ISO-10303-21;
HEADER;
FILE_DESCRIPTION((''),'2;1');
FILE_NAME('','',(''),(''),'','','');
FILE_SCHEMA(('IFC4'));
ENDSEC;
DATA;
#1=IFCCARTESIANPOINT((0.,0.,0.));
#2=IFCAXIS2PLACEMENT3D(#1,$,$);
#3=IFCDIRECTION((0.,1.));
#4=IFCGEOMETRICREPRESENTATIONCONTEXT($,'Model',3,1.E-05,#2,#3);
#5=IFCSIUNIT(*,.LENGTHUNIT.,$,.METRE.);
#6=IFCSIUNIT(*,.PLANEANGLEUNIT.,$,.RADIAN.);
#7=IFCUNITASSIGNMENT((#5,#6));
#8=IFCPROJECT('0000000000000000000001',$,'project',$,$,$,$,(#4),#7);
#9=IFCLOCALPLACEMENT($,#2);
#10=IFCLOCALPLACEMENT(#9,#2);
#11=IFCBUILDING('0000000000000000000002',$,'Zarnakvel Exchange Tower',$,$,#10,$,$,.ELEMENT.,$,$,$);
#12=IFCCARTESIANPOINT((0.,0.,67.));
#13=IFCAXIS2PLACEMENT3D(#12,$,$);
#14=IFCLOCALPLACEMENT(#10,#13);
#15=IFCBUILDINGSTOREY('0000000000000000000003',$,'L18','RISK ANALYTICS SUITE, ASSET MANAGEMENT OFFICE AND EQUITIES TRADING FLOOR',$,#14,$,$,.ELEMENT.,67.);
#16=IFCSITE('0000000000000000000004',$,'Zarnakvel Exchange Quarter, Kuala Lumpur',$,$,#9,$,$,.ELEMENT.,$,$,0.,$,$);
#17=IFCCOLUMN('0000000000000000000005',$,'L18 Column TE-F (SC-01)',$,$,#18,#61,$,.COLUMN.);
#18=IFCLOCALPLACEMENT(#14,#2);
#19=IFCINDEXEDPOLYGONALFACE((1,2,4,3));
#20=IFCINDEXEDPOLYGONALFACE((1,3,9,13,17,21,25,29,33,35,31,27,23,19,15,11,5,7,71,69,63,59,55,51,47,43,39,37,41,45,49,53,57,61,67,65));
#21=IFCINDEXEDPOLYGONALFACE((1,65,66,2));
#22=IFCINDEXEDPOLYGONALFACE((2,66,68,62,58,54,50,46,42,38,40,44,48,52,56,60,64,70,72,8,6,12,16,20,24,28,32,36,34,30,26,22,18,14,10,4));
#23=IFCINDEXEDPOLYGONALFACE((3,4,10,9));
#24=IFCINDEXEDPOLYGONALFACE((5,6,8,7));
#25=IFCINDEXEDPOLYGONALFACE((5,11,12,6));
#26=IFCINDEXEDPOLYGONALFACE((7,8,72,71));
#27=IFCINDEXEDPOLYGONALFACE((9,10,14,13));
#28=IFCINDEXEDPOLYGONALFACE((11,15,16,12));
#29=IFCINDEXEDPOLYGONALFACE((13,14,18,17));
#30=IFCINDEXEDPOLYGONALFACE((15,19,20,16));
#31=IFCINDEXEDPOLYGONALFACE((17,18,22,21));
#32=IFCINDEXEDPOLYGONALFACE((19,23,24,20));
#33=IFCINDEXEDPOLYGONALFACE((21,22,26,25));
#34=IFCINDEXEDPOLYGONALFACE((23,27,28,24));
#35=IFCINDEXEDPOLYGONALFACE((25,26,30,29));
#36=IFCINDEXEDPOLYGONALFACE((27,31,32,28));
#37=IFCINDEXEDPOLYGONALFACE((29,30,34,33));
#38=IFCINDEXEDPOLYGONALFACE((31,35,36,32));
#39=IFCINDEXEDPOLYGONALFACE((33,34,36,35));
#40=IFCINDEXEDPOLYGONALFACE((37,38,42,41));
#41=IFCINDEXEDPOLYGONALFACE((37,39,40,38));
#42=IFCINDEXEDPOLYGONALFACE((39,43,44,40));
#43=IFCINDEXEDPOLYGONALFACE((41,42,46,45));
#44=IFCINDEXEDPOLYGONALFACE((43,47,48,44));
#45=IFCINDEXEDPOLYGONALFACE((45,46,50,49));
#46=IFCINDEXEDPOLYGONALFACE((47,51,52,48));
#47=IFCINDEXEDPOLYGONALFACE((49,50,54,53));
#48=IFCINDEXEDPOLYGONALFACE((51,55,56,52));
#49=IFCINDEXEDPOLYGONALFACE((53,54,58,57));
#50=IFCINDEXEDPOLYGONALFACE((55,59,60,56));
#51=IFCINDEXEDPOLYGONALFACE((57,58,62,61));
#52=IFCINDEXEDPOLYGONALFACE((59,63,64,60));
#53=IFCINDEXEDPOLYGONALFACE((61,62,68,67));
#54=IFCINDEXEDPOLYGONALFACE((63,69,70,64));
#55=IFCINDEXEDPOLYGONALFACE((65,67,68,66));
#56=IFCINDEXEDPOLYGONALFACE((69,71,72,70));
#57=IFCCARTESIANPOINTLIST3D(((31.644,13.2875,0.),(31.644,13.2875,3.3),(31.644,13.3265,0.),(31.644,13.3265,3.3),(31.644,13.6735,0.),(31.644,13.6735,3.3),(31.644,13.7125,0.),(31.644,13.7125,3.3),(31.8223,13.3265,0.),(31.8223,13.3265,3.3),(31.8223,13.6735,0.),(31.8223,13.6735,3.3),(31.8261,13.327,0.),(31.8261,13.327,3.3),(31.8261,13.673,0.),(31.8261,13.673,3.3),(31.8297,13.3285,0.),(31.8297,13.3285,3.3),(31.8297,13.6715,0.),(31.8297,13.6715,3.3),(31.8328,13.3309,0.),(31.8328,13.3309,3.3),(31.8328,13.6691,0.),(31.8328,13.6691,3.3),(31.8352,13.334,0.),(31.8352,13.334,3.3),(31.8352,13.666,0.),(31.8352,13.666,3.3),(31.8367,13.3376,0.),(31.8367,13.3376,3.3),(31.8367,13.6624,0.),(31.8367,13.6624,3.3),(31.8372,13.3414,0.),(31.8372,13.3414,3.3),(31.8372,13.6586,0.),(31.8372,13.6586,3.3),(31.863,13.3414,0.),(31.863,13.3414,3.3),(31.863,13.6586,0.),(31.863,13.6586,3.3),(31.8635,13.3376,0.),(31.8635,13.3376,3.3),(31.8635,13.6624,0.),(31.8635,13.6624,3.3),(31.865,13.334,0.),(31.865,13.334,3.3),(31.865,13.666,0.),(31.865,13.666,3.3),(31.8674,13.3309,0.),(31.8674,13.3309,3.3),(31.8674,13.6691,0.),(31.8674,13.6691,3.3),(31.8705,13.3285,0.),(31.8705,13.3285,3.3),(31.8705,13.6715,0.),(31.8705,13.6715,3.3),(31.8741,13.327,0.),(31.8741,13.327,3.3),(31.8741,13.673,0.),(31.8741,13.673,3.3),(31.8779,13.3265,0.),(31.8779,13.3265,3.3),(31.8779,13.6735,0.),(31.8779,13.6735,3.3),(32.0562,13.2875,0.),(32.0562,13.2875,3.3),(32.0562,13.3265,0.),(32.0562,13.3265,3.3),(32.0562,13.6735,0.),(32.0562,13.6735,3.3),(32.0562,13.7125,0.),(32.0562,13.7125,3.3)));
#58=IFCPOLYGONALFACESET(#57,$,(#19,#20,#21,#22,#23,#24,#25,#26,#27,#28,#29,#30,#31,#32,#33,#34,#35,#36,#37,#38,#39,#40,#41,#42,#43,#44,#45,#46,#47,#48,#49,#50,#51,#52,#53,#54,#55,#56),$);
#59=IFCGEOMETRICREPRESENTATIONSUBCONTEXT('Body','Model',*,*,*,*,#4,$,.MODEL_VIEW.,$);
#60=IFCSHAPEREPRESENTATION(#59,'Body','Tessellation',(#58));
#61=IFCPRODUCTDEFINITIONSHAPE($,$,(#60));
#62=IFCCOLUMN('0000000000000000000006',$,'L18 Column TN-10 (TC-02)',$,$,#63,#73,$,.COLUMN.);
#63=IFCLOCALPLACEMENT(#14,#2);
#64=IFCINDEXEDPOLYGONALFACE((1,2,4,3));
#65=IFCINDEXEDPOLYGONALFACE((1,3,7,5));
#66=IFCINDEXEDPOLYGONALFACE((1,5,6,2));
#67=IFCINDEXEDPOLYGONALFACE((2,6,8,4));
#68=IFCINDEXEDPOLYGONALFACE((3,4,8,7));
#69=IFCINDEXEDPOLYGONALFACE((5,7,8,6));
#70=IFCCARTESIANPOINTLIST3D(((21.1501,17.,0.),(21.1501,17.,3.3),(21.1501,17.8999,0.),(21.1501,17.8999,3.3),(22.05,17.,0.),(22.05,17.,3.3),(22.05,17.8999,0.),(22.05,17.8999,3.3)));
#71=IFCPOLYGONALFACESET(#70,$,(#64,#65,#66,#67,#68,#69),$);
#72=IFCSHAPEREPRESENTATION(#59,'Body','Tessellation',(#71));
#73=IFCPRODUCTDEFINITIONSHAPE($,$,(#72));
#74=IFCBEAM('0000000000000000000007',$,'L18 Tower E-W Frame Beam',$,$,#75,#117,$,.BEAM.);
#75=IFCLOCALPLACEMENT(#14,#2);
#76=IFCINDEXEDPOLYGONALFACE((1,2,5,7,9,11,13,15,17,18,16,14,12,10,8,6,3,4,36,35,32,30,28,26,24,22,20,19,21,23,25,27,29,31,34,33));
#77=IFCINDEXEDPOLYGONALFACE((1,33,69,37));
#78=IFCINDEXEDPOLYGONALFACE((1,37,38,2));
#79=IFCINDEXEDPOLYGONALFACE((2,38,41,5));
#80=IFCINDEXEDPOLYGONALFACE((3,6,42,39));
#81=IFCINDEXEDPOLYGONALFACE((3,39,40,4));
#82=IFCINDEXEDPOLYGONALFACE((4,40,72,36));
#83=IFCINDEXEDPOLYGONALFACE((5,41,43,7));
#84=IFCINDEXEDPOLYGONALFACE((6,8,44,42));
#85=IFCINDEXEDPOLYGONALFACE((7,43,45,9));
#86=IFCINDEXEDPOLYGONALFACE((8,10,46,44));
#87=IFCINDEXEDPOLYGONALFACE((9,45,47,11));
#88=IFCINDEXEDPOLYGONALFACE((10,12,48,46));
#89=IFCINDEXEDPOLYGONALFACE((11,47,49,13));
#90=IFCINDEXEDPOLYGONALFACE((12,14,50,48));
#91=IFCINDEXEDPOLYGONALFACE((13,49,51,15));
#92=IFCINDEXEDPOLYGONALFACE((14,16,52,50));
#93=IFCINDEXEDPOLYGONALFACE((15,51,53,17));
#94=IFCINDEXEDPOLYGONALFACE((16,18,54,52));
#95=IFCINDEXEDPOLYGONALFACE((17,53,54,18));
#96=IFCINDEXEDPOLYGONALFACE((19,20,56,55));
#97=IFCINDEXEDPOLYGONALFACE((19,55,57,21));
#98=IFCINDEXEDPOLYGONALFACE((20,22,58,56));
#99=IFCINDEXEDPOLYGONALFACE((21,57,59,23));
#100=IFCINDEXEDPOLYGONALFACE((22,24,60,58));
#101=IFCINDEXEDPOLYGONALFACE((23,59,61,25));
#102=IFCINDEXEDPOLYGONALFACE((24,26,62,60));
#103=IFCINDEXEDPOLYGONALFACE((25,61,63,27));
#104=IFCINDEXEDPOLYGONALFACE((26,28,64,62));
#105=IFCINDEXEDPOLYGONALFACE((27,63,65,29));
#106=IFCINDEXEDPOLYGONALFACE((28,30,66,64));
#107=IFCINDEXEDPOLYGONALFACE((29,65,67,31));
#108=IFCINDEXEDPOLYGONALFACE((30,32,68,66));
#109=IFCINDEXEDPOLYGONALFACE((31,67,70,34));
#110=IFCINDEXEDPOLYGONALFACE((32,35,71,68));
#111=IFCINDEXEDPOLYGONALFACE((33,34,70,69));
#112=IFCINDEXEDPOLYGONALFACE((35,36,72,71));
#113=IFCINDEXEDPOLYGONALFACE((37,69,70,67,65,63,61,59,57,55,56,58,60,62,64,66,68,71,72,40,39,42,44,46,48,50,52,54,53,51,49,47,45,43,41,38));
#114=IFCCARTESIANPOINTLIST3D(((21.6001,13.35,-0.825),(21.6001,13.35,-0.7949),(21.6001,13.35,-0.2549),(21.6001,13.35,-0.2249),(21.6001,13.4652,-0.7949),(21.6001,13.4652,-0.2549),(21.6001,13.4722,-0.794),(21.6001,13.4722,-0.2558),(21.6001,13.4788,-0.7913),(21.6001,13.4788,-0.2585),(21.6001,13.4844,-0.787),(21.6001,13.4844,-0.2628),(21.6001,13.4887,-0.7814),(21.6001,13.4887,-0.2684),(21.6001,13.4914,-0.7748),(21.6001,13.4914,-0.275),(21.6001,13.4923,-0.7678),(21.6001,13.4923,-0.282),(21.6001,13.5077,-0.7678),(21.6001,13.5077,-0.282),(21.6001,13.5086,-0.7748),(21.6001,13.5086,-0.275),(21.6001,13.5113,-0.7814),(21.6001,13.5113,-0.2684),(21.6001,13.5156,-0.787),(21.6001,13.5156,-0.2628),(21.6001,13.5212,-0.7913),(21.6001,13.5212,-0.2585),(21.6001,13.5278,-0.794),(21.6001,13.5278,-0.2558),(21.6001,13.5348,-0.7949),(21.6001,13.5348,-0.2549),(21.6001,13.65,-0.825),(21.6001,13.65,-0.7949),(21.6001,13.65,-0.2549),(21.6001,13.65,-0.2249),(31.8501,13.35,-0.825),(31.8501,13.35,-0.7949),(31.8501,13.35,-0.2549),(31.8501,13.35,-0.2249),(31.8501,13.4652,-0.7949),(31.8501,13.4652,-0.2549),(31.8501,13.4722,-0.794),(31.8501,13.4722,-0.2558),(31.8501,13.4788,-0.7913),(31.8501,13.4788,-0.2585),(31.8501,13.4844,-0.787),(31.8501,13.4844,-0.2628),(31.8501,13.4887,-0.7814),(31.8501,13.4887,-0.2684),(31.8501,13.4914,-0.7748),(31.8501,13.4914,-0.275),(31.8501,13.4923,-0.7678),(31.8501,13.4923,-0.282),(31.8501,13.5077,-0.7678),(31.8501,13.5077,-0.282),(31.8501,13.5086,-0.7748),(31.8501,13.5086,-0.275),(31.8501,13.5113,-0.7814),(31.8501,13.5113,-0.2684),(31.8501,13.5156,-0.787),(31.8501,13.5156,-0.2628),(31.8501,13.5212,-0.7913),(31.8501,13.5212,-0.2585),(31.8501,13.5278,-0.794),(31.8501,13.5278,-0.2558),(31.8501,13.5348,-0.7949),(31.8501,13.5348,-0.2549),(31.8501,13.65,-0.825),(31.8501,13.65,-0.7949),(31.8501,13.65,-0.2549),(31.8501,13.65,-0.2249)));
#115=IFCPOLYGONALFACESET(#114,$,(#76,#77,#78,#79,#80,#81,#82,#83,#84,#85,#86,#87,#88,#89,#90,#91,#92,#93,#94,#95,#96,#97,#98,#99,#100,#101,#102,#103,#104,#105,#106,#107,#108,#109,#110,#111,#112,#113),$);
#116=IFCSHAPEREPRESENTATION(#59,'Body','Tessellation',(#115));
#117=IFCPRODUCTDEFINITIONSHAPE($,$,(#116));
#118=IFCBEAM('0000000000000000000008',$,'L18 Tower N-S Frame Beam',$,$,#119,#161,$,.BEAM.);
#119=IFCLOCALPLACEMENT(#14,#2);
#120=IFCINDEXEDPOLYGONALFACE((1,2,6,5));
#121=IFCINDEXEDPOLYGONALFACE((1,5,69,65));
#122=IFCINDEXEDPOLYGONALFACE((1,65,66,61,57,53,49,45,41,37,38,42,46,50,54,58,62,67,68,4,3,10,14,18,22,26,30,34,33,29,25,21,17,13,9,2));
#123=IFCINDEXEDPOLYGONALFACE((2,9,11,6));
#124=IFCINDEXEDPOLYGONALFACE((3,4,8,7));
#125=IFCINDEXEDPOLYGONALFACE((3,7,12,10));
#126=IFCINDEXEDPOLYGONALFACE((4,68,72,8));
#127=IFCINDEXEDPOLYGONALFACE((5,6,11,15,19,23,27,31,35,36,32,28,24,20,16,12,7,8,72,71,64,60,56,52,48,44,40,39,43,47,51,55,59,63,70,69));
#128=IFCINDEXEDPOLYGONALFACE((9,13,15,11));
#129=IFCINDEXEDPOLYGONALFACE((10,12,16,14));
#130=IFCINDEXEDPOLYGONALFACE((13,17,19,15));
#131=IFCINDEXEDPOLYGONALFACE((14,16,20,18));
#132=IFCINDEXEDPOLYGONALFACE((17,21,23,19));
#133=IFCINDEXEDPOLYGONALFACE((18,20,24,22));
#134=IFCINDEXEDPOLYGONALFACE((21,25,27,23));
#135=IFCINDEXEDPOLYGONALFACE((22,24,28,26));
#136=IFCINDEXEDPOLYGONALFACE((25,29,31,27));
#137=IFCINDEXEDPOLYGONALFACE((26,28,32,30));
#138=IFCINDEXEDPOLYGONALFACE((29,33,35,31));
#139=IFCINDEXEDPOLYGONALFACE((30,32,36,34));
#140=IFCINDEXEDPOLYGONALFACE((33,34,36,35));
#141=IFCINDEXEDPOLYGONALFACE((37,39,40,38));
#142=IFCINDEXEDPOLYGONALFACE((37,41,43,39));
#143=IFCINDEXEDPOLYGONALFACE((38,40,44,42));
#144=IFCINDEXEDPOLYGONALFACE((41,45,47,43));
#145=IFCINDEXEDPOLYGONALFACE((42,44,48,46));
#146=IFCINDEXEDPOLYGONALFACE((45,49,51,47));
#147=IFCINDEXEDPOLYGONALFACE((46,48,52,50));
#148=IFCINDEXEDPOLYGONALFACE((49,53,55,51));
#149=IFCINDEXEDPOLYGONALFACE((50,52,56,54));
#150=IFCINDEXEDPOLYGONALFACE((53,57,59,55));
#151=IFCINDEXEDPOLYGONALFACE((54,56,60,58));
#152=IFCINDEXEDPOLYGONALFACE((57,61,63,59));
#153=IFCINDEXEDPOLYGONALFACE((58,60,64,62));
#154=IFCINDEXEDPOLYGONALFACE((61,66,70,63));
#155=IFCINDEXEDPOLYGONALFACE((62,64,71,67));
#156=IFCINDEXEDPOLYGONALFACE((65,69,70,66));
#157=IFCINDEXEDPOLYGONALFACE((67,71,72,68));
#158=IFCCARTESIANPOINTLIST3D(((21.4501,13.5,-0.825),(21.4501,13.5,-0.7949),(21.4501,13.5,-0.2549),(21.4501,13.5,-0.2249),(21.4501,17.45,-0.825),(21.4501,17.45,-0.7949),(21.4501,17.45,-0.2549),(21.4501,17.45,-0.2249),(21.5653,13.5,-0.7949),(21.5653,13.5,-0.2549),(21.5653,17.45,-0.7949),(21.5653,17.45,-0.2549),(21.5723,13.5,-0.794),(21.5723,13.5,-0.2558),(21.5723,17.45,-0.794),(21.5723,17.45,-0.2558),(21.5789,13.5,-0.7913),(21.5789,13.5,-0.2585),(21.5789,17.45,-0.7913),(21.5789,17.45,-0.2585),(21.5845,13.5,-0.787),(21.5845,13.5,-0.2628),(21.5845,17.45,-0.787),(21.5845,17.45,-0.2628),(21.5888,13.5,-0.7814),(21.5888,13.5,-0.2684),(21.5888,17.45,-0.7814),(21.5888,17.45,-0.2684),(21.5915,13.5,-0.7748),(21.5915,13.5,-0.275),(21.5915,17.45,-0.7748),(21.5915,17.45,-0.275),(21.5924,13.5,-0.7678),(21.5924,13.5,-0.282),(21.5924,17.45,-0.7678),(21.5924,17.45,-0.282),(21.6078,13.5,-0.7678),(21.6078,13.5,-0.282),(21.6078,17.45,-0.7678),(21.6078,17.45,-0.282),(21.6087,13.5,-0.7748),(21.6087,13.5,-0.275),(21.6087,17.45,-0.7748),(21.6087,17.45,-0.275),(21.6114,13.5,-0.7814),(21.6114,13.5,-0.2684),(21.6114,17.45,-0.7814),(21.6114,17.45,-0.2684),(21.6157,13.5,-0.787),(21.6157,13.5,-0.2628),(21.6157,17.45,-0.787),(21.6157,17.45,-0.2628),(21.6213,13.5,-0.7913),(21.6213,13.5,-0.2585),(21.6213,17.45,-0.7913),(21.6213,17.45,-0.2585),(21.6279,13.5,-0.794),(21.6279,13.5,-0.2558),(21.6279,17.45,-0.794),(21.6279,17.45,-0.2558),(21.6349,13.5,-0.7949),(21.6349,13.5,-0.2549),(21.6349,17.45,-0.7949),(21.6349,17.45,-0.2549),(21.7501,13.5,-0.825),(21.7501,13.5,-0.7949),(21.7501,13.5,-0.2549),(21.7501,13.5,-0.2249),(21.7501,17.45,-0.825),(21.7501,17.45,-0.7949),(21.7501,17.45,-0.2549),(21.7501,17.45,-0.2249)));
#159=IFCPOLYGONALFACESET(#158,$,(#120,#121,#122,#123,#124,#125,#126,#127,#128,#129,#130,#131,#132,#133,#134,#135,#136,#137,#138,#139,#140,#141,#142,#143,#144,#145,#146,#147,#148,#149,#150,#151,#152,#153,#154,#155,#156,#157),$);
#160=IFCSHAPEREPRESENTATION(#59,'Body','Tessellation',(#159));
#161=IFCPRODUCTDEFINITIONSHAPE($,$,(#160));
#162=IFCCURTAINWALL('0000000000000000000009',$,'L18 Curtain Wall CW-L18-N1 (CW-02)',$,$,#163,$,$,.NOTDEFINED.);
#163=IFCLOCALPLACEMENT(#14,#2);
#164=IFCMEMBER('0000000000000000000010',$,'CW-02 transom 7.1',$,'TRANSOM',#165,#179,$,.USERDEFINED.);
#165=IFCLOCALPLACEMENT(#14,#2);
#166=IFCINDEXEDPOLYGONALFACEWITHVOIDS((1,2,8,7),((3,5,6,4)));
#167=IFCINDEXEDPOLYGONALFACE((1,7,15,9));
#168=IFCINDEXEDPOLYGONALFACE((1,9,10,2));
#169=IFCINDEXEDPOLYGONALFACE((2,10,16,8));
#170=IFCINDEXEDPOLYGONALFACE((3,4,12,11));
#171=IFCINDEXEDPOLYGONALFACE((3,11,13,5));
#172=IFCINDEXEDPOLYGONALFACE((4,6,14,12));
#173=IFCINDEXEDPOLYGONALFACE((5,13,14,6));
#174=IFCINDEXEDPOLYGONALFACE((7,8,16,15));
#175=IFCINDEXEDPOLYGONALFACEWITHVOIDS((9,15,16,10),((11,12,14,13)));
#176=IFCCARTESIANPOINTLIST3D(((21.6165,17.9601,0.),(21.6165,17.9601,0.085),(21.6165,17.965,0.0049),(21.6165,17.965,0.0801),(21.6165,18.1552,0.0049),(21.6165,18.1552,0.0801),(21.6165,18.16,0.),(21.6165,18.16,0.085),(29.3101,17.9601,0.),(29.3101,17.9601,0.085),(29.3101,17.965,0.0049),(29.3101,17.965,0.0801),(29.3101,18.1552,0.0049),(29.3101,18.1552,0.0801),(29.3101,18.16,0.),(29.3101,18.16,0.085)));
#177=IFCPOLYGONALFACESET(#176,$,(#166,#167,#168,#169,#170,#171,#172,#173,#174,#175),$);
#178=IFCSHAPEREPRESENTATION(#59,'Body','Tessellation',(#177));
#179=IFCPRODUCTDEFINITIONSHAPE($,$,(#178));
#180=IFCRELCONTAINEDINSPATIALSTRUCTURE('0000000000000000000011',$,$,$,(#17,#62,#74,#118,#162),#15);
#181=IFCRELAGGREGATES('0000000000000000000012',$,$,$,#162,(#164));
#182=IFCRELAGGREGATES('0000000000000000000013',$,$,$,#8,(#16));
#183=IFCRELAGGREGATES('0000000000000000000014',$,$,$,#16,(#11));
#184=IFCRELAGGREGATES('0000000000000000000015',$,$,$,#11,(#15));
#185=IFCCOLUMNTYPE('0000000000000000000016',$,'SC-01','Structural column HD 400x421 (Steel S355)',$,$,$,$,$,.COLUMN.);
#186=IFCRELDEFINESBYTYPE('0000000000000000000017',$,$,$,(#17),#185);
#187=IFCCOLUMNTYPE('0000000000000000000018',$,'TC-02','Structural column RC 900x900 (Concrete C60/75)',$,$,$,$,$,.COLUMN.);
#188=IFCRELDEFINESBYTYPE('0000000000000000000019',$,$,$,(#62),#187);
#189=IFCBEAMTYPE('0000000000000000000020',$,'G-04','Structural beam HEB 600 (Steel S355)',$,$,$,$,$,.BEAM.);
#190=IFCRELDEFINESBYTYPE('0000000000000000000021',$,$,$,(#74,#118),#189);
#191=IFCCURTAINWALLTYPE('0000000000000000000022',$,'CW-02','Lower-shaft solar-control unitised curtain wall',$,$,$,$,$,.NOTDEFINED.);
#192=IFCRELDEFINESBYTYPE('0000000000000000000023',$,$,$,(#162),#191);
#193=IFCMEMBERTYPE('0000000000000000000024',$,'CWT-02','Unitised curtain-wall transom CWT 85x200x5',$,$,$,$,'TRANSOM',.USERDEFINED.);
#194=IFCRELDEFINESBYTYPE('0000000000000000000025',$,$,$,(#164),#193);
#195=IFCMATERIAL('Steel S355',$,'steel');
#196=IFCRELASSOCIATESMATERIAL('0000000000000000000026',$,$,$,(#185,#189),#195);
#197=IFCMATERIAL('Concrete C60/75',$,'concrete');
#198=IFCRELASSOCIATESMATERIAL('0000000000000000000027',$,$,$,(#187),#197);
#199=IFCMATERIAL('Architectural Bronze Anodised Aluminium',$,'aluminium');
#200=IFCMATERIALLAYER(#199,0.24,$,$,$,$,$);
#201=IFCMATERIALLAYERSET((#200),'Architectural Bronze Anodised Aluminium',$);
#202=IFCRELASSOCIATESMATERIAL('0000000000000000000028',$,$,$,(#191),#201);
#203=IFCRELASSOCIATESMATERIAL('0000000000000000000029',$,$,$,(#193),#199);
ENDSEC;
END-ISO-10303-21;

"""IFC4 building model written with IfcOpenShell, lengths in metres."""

from ifc_helpers import new_model, si_unit, direction, frame, origin, origin_2d, place, context, subcontext, project, spatial, rectangle, hollow_rectangle, i_section, extrude, source, transform, mapped, material, layer, layer_set, material_profile, profile_set, type_object, element, aggregate, save


model = new_model("IFC4")

# Units and contexts
model_context = context("Model", 3, precision=1e-05, world=origin(), true_north=direction((0.0, 1.0)))
body_context = subcontext(model_context, "Body", "Model", "MODEL_VIEW")
ifc_project = project(units=[si_unit("LENGTHUNIT", "METRE"), si_unit("PLANEANGLEUNIT", "RADIAN")], contexts=[model_context])

# Site, building, storey
site_placement = place(None, origin())
site = spatial("IfcSite", under=ifc_project, at=site_placement, Name="Zarnakvel Exchange Quarter, Kuala Lumpur", CompositionType="ELEMENT", RefElevation=0.0)
building_placement = place(site_placement, origin())
building = spatial("IfcBuilding", under=site, at=building_placement, Name="Zarnakvel Exchange Tower", CompositionType="ELEMENT")
storey_placement = place(building_placement, frame((0.0, 0.0, 67.0)))
storey = spatial("IfcBuildingStorey", under=building, at=storey_placement, Name="L18", Description="RISK ANALYTICS SUITE, ASSET MANAGEMENT OFFICE AND EQUITIES TRADING FLOOR", CompositionType="ELEMENT", Elevation=67.0)

# Columns
ifc_material_1 = material(Name="Steel S355", Category="steel")
ifc_material_profile_1 = material_profile(ifc_material_1, i_section(OverallWidth=0.4121, OverallDepth=0.425, WebThickness=0.0259, FlangeThickness=0.0391, FilletRadius=0.0149, at=origin_2d()))
ifc_profile_set_1 = profile_set([ifc_material_profile_1], Name="Steel S355")
column_type_1 = type_object("IfcColumnType", Name="SC-01", Description="Structural column HD 400x421 (Steel S355)", PredefinedType="COLUMN", material=ifc_profile_set_1)
column_1_placement = place(storey_placement, frame((31.8501, 13.5, 0.0), z_axis=(0.0, 0.0, 1.0), x_axis=(1.0, 0.0, 0.0)))
element("IfcColumn", 1, at=column_1_placement, inside=storey, type_object=column_type_1, Name="L18 Column TE-F (SC-01)", PredefinedType="COLUMN", context=body_context, shape_type="SweptSolid", body=[
    extrude(i_section(OverallWidth=0.4121, OverallDepth=0.425, WebThickness=0.0259, FlangeThickness=0.0391, FilletRadius=0.0149, at=origin_2d()), origin(), (0.0, 0.0, 1.0), 3.3),
])
ifc_material_2 = material(Name="Concrete C60/75", Category="concrete")
ifc_material_profile_2 = material_profile(ifc_material_2, rectangle(XDim=0.8999, YDim=0.8999, at=origin_2d()))
ifc_profile_set_2 = profile_set([ifc_material_profile_2], Name="Concrete C60/75")
column_type_2 = type_object("IfcColumnType", Name="TC-02", Description="Structural column RC 900x900 (Concrete C60/75)", PredefinedType="COLUMN", material=ifc_profile_set_2)
column_2_placement = place(storey_placement, frame((21.6001, 17.45, 0.0), z_axis=(0.0, 0.0, 1.0), x_axis=(1.0, 0.0, 0.0)))
element("IfcColumn", 2, at=column_2_placement, inside=storey, type_object=column_type_2, Name="L18 Column TN-10 (TC-02)", PredefinedType="COLUMN", context=body_context, shape_type="SweptSolid", body=[
    extrude(rectangle(XDim=0.8999, YDim=0.8999, at=origin_2d()), origin(), (0.0, 0.0, 1.0), 3.3),
])

# Beams
ifc_material_profile_3 = material_profile(ifc_material_1, i_section(OverallWidth=0.3, OverallDepth=0.6001, WebThickness=0.0154, FlangeThickness=0.03, FilletRadius=0.0271, at=origin_2d()))
ifc_profile_set_3 = profile_set([ifc_material_profile_3], Name="Steel S355")
beam_type = type_object("IfcBeamType", Name="G-04", Description="Structural beam HEB 600 (Steel S355)", PredefinedType="BEAM", material=ifc_profile_set_3)
beam_1_placement = place(storey_placement, frame((21.6001, 13.5, -0.5249), z_axis=(1.0, 0.0, 0.0), x_axis=(0.0, 1.0, 0.0)))
element("IfcBeam", 3, at=beam_1_placement, inside=storey, type_object=beam_type, Name="L18 Tower E-W Frame Beam", PredefinedType="BEAM", context=body_context, shape_type="SweptSolid", body=[
    extrude(i_section(OverallWidth=0.3, OverallDepth=0.6001, WebThickness=0.0154, FlangeThickness=0.03, FilletRadius=0.0271, at=origin_2d()), origin(), (0.0, 0.0, 1.0), 10.25),
])
beam_2_placement = place(storey_placement, frame((21.6001, 13.5, -0.5249), z_axis=(0.0, 1.0, 0.0), x_axis=(-1.0, 0.0, 0.0)))
element("IfcBeam", 4, at=beam_2_placement, inside=storey, type_object=beam_type, Name="L18 Tower N-S Frame Beam", PredefinedType="BEAM", context=body_context, shape_type="SweptSolid", body=[
    extrude(i_section(OverallWidth=0.3, OverallDepth=0.6001, WebThickness=0.0154, FlangeThickness=0.03, FilletRadius=0.0271, at=origin_2d()), origin(), (0.0, 0.0, 1.0), 3.95),
])

# Curtain wall, member
ifc_material_3 = material(Name="Architectural Bronze Anodised Aluminium", Category="aluminium")
ifc_layer_1 = layer(ifc_material_3, 0.24)
ifc_layer_set_1 = layer_set([ifc_layer_1], Name="Architectural Bronze Anodised Aluminium")
curtain_wall_type_1 = type_object("IfcCurtainWallType", Name="CW-02", Description="Lower-shaft solar-control unitised curtain wall", PredefinedType="NOTDEFINED", material=ifc_layer_set_1)
curtain_wall_1_placement = place(storey_placement, origin())
curtain_wall_1 = element("IfcCurtainWall", 5, at=curtain_wall_1_placement, inside=storey, type_object=curtain_wall_type_1, Name="L18 Curtain Wall CW-L18-N1 (CW-02)", PredefinedType="NOTDEFINED")
ifc_material_profile_4 = material_profile(ifc_material_3, hollow_rectangle(XDim=0.2, YDim=0.085, WallThickness=0.0049, at=origin_2d()))
ifc_profile_set_4 = profile_set([ifc_material_profile_4], Name="Architectural Bronze Anodised Aluminium")
member_type_1 = type_object("IfcMemberType", Name="CWT-02", Description="Unitised curtain-wall transom CWT 85x200x5", ElementType="TRANSOM", PredefinedType="USERDEFINED", material=ifc_profile_set_4)
shared_shape_1 = source(origin(), body_context, "Body", "SweptSolid", [
    extrude(hollow_rectangle(XDim=0.2, YDim=0.085, WallThickness=0.0049, at=origin_2d()), origin(), (0.0, 0.0, 1.0), 7.6936),
])
member_1_placement = place(storey_placement, frame((21.6165, 18.0601, 0.0425), z_axis=(1.0, 0.0, 0.0), x_axis=(0.0, 1.0, 0.0)))
member_1 = element("IfcMember", 6, at=member_1_placement, type_object=member_type_1, Name="CW-02 transom 7.1", ObjectType="TRANSOM", PredefinedType="USERDEFINED", context=body_context, shape_type="MappedRepresentation", body=[
    mapped(shared_shape_1, transform((0.0, 0.0, 0.0), x_axis=(1.0, 0.0, 0.0), y_axis=(0.0, 1.0, 0.0), z_axis=(0.0, 0.0, 1.0), scale=1.0)),
])

aggregate(curtain_wall_1, [member_1])

save(model, "model.ifc")
